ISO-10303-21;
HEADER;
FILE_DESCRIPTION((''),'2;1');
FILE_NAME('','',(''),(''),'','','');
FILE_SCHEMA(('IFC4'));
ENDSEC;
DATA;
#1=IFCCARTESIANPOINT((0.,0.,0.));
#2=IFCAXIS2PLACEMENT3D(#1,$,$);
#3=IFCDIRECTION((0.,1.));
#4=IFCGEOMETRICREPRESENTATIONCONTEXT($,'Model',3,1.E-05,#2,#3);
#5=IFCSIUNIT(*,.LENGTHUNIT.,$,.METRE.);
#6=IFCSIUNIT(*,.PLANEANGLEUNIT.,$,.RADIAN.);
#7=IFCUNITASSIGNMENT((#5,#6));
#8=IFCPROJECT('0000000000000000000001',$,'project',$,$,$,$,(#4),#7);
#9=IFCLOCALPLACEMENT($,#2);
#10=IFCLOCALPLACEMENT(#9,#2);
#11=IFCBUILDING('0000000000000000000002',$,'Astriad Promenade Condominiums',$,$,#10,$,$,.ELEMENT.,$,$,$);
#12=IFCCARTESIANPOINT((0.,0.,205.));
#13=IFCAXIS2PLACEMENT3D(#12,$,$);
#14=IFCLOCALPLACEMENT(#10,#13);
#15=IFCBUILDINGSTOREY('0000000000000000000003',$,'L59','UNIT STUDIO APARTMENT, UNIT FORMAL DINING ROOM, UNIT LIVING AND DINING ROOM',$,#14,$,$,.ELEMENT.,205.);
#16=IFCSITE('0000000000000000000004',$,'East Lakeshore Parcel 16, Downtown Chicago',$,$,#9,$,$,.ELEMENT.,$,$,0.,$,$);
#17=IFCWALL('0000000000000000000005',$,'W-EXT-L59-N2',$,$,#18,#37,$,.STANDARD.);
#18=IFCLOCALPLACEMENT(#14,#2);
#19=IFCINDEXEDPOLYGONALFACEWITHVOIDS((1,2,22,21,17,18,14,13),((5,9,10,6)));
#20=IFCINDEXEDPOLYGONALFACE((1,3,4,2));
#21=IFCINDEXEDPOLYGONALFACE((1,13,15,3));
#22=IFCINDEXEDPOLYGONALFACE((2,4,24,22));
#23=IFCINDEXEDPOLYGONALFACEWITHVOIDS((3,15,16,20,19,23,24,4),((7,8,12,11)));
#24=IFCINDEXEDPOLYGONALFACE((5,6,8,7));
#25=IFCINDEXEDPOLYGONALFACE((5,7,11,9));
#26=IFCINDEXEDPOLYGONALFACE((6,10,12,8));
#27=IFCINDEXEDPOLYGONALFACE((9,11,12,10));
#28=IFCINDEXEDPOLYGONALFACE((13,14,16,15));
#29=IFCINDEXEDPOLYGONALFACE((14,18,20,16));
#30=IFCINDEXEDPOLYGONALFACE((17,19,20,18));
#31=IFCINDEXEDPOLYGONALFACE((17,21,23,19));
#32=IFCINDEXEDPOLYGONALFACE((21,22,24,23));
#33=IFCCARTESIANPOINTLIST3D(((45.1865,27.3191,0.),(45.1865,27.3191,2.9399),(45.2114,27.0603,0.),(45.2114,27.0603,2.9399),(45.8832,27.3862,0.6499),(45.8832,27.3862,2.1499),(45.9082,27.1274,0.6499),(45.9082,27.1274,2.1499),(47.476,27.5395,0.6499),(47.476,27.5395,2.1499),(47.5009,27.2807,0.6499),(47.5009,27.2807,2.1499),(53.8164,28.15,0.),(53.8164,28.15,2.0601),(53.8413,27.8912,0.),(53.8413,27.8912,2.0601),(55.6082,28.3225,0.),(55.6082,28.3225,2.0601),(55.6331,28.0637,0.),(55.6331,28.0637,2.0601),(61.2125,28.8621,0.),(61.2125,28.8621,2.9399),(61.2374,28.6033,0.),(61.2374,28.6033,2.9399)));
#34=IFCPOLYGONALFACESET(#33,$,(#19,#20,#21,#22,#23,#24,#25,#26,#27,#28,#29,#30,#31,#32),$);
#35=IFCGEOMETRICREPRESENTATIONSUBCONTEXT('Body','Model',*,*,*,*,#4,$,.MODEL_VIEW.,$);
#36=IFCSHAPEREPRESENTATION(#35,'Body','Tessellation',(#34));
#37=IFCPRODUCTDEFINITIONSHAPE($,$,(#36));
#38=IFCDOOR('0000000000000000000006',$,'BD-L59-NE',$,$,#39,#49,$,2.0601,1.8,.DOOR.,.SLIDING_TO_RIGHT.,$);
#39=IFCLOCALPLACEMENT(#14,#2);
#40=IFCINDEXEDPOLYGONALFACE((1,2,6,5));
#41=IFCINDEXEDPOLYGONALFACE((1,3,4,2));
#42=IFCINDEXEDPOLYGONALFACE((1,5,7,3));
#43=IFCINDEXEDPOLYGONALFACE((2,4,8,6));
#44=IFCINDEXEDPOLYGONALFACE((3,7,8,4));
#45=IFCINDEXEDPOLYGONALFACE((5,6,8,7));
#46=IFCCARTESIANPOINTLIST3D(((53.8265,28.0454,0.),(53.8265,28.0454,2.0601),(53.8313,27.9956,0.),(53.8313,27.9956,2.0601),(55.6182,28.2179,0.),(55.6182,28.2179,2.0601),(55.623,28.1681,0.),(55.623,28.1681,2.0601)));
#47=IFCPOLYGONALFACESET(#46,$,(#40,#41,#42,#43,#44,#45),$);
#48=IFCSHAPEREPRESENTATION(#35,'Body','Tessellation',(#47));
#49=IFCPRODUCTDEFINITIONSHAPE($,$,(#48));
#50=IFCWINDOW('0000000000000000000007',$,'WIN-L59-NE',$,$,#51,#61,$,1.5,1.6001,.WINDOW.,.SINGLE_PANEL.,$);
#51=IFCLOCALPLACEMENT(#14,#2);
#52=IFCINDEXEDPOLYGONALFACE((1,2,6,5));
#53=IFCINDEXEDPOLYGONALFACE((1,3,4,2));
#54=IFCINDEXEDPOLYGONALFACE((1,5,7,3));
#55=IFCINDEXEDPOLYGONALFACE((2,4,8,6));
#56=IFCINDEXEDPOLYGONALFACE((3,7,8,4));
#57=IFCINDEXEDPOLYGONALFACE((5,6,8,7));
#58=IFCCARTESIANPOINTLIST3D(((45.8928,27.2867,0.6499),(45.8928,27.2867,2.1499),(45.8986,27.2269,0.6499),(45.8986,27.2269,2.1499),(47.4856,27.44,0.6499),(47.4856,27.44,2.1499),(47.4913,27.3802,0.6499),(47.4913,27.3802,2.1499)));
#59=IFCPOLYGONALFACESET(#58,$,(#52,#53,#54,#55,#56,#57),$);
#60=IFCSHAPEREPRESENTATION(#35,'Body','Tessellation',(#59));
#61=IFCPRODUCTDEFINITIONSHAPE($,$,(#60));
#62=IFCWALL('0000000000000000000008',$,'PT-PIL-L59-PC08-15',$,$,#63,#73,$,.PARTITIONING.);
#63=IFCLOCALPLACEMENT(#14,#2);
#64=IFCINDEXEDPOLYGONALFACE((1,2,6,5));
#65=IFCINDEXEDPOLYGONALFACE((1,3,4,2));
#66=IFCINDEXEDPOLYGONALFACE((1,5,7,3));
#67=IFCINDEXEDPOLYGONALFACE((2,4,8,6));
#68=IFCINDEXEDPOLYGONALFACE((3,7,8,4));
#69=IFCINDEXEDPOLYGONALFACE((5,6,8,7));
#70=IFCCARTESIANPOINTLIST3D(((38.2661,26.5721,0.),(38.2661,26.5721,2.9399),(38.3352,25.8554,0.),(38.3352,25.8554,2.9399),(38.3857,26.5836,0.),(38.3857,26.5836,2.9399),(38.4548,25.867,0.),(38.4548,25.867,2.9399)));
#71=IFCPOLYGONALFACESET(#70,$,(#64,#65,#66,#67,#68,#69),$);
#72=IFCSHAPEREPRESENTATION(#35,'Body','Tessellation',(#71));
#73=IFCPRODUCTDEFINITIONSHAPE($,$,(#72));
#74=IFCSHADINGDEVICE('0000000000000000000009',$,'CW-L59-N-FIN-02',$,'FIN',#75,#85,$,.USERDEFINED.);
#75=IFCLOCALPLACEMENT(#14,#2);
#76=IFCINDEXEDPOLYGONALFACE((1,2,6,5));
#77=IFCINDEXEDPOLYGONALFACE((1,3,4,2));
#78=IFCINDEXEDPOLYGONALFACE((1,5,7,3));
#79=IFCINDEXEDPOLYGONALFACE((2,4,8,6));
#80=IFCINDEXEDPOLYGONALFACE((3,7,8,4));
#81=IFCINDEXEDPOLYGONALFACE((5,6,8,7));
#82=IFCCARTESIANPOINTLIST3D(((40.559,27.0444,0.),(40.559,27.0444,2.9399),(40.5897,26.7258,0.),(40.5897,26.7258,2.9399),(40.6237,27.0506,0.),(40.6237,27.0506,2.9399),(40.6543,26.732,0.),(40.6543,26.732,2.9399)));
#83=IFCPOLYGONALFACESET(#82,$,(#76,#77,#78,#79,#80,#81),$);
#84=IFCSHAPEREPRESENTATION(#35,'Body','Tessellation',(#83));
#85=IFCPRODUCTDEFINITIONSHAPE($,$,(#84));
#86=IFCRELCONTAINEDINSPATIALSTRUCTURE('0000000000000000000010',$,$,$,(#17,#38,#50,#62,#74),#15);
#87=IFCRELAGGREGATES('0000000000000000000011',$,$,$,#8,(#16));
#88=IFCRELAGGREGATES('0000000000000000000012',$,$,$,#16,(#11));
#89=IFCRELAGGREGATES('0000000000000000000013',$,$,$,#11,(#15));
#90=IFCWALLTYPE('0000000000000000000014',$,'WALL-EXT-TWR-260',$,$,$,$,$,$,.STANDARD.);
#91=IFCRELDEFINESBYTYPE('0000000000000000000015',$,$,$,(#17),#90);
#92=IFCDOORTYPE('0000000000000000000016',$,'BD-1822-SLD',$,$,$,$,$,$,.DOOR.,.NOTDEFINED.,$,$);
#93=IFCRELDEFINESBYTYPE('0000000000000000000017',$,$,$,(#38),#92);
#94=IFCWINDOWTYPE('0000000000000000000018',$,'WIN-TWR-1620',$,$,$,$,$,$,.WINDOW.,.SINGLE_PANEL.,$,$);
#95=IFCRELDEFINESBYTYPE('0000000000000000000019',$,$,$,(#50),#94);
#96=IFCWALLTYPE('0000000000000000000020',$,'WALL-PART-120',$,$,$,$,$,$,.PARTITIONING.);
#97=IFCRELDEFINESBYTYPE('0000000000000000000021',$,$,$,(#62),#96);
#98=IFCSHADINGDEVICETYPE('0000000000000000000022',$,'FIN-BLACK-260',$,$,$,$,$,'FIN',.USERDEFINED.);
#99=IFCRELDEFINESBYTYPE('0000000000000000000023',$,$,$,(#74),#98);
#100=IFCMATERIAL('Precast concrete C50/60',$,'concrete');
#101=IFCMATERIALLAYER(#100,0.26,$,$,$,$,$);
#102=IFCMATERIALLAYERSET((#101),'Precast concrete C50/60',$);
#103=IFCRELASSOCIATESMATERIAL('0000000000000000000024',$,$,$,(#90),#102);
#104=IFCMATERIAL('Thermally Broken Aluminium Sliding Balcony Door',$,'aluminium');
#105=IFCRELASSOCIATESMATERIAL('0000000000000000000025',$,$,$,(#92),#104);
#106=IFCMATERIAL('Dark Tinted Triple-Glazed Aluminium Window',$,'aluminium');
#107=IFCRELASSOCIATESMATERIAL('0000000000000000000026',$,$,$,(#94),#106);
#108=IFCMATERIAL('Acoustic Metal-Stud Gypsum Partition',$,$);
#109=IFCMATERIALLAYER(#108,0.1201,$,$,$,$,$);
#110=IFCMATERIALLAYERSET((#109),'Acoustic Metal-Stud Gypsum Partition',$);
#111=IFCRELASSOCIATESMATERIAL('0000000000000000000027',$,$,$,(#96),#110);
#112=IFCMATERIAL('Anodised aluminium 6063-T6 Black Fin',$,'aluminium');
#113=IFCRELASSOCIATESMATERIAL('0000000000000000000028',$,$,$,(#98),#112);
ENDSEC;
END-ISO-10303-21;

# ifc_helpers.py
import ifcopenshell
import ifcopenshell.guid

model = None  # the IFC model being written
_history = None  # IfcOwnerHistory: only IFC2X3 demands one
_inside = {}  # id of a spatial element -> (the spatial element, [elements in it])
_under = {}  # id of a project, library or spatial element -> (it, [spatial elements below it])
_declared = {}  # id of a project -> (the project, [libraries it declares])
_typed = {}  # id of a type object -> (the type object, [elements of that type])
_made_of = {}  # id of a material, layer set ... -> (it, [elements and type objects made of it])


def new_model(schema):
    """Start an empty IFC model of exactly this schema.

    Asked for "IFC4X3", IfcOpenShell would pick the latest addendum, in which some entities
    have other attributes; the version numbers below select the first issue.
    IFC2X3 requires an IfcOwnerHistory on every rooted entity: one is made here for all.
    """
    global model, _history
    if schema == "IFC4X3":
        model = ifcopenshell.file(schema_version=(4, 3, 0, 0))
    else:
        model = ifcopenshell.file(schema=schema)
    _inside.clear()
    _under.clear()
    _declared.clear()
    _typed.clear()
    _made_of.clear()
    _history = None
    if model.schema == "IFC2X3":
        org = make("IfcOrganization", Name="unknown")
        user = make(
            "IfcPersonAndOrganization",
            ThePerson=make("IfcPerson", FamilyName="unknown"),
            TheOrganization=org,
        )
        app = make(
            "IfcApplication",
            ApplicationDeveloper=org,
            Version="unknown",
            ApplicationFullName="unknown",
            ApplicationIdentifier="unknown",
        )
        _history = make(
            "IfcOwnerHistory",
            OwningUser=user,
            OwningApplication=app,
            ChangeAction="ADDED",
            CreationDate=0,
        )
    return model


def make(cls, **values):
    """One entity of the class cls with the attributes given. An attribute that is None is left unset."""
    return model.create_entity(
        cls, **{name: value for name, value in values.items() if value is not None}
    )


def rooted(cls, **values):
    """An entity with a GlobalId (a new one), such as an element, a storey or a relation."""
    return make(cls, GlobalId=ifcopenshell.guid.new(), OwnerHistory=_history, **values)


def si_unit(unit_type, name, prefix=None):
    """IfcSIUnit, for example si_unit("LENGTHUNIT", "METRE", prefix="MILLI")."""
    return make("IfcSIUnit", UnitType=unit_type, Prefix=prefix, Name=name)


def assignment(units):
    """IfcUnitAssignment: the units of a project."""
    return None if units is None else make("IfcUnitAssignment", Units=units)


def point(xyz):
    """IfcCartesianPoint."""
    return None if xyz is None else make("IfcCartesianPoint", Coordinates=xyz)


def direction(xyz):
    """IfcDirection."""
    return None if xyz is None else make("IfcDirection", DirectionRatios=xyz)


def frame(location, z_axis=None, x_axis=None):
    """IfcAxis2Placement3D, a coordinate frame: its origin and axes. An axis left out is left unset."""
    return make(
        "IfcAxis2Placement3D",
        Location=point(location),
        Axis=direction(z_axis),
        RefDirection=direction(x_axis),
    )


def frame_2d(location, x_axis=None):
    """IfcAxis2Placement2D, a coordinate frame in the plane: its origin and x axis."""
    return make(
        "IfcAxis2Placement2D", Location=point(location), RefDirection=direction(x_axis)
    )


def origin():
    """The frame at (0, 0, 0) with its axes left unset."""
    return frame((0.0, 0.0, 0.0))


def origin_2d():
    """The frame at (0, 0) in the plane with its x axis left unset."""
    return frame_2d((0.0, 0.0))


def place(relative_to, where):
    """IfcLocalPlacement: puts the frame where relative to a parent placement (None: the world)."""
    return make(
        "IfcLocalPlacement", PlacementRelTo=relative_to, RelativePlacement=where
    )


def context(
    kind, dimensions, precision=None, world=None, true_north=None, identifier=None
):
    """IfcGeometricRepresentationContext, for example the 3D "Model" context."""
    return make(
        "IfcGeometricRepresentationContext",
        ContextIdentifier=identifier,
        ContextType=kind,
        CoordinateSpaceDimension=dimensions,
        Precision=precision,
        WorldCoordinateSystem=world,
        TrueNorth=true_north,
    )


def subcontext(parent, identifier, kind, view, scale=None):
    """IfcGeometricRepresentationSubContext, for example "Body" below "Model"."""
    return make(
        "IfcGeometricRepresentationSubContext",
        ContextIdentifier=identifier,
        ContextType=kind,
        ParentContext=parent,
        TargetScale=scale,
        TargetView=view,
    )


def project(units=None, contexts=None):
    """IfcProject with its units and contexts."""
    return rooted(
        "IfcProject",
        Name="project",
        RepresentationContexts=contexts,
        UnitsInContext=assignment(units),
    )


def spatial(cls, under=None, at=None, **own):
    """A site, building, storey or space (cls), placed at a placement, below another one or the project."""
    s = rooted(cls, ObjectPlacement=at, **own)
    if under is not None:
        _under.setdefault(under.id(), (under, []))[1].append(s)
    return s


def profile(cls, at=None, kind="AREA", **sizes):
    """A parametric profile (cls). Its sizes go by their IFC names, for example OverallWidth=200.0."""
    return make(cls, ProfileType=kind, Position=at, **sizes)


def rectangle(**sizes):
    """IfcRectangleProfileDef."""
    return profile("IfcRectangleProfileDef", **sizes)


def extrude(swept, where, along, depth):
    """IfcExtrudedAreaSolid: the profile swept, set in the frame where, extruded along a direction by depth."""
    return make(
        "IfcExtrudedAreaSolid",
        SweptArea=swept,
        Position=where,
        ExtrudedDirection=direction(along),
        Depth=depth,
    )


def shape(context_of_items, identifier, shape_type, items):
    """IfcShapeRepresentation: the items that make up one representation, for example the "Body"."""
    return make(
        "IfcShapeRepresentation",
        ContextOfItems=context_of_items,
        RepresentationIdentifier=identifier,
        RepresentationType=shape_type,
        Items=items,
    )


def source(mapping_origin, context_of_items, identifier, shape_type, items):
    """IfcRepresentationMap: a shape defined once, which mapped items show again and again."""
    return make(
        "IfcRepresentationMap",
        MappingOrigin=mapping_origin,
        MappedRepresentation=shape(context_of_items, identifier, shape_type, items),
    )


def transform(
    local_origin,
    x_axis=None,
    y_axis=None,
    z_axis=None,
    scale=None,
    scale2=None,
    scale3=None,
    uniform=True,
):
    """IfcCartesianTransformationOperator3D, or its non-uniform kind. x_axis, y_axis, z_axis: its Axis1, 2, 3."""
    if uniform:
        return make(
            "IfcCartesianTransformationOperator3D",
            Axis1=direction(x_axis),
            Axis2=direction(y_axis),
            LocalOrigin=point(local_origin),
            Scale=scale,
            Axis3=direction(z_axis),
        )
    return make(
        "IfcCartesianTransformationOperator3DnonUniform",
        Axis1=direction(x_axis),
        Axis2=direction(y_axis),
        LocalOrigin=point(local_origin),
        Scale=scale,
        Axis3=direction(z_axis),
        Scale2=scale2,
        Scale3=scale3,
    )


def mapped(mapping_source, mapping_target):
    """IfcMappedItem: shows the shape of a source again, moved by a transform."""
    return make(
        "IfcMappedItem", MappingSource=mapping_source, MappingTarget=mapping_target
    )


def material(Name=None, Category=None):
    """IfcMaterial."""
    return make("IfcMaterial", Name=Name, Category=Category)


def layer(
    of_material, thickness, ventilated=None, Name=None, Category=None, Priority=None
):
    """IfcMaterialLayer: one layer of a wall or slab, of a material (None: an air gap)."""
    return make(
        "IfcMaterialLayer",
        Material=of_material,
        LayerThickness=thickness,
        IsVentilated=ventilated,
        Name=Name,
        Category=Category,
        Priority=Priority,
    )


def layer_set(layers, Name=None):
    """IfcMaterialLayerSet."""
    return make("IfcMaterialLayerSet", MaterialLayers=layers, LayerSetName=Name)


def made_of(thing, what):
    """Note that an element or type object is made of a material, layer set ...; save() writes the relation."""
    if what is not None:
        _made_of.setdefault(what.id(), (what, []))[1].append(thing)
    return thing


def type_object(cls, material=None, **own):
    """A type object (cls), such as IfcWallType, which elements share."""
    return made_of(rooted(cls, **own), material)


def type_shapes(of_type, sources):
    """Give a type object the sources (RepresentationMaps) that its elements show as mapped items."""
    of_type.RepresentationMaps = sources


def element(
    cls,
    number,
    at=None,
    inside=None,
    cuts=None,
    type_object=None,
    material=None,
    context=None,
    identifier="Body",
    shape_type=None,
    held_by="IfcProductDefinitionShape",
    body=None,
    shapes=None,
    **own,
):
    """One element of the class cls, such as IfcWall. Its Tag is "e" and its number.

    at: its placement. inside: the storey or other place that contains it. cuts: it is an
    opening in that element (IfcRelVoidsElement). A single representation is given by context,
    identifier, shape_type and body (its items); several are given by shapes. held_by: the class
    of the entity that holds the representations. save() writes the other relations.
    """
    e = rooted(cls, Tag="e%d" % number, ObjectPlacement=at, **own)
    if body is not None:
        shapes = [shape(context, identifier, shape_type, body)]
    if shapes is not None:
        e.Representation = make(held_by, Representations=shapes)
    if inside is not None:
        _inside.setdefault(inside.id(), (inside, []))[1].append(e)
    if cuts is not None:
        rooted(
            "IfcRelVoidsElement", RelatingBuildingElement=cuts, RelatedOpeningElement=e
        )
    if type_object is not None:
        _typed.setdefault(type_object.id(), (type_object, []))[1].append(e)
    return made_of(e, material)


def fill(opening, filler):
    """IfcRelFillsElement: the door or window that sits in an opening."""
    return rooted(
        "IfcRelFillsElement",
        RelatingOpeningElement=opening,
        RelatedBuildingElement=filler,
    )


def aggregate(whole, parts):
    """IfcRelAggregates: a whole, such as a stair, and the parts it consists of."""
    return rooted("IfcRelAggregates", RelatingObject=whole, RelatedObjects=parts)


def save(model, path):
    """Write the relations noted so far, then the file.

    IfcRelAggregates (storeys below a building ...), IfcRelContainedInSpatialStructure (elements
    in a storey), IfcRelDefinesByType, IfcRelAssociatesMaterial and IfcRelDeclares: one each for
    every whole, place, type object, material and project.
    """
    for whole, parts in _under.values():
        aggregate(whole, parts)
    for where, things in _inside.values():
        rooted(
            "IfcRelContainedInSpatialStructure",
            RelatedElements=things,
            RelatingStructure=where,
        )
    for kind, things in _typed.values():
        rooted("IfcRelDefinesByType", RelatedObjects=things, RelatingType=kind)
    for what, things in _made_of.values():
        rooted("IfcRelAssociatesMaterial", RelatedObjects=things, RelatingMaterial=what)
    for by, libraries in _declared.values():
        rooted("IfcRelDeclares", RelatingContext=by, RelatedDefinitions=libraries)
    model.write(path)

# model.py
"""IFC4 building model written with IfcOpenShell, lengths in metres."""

from ifc_helpers import new_model, si_unit, direction, frame, frame_2d, origin, origin_2d, place, context, subcontext, project, spatial, rectangle, extrude, source, transform, mapped, material, layer, layer_set, type_object, type_shapes, element, fill, save


model = new_model("IFC4")

# Units and contexts
model_context = context("Model", 3, precision=1e-05, world=origin(), true_north=direction((0.0, 1.0)))
body_context = subcontext(model_context, "Body", "Model", "MODEL_VIEW")
ifc_project = project(units=[si_unit("LENGTHUNIT", "METRE"), si_unit("PLANEANGLEUNIT", "RADIAN")], contexts=[model_context])

# Site, building, storey
site_placement = place(None, origin())
site = spatial("IfcSite", under=ifc_project, at=site_placement, Name="East Lakeshore Parcel 16, Downtown Chicago", CompositionType="ELEMENT", RefElevation=0.0)
building_placement = place(site_placement, origin())
building = spatial("IfcBuilding", under=site, at=building_placement, Name="Astriad Promenade Condominiums", CompositionType="ELEMENT")
storey_placement = place(building_placement, frame((0.0, 0.0, 205.0)))
storey = spatial("IfcBuildingStorey", under=building, at=storey_placement, Name="L59", Description="UNIT STUDIO APARTMENT, UNIT FORMAL DINING ROOM, UNIT LIVING AND DINING ROOM", CompositionType="ELEMENT", Elevation=205.0)

# Wall, openings, door, window
ifc_material_1 = material(Name="Precast concrete C50/60", Category="concrete")
ifc_layer_1 = layer(ifc_material_1, 0.26)
ifc_layer_set_1 = layer_set([ifc_layer_1], Name="Precast concrete C50/60")
wall_type_1 = type_object("IfcWallType", Name="WALL-EXT-TWR-260", PredefinedType="STANDARD", material=ifc_layer_set_1)
wall_1_placement = place(storey_placement, frame((45.199, 27.1897, 0.0), z_axis=(0.0, 0.0, 1.0), x_axis=(0.995397, 0.095837, 0.0)))
wall_1 = element("IfcWall", 1, at=wall_1_placement, inside=storey, type_object=wall_type_1, Name="W-EXT-L59-N2", PredefinedType="STANDARD", context=body_context, shape_type="SweptSolid", body=[
    extrude(rectangle(XDim=16.1001, YDim=0.26, at=frame_2d((8.05, 0.0))), origin(), (0.0, 0.0, 1.0), 2.9399),
])
opening_1_placement = place(wall_1_placement, frame((8.6699, 0.0, 0.0)))
opening_1 = element("IfcOpeningElement", 2, at=opening_1_placement, cuts=wall_1, PredefinedType="OPENING", context=body_context, shape_type="SweptSolid", body=[
    extrude(rectangle(XDim=1.8, YDim=2.0601, at=frame_2d((0.8999, 1.03))), frame((0.0, 0.1399, 0.0), z_axis=(0.0, -1.0, 0.0), x_axis=(1.0, 0.0, 0.0)), (0.0, 0.0, 1.0), 0.28),
])
opening_2_placement = place(wall_1_placement, frame((0.7, 0.0, 0.6499)))
opening_2 = element("IfcOpeningElement", 3, at=opening_2_placement, cuts=wall_1, PredefinedType="OPENING", context=body_context, shape_type="SweptSolid", body=[
    extrude(rectangle(XDim=1.6001, YDim=1.5, at=frame_2d((0.8, 0.75))), frame((0.0, 0.1399, 0.0), z_axis=(0.0, -1.0, 0.0), x_axis=(1.0, 0.0, 0.0)), (0.0, 0.0, 1.0), 0.28),
])
ifc_material_2 = material(Name="Thermally Broken Aluminium Sliding Balcony Door", Category="aluminium")
door_type = type_object("IfcDoorType", Name="BD-1822-SLD", OperationType="NOTDEFINED", PredefinedType="DOOR", material=ifc_material_2)
shared_shape_1 = source(origin(), body_context, "Body", "SweptSolid", [
    extrude(rectangle(XDim=1.8, YDim=2.0601, at=frame_2d((0.8999, 1.03))), frame((0.0, 0.0249, 0.0), z_axis=(0.0, -1.0, 0.0), x_axis=(1.0, 0.0, 0.0)), (0.0, 0.0, 1.0), 0.05),
])
type_shapes(door_type, [shared_shape_1])
door_placement = place(opening_1_placement, origin())
door = element("IfcDoor", 4, at=door_placement, inside=storey, type_object=door_type, Name="BD-L59-NE", OperationType="SLIDING_TO_RIGHT", OverallHeight=2.0601, OverallWidth=1.8, PredefinedType="DOOR", context=body_context, shape_type="MappedRepresentation", body=[
    mapped(shared_shape_1, transform((0.0, 0.0, 0.0), scale=1.0)),
])
fill(opening_1, door)
ifc_material_3 = material(Name="Dark Tinted Triple-Glazed Aluminium Window", Category="aluminium")
window_type = type_object("IfcWindowType", Name="WIN-TWR-1620", PartitioningType="SINGLE_PANEL", PredefinedType="WINDOW", material=ifc_material_3)
shared_shape_2 = source(origin(), body_context, "Body", "SweptSolid", [
    extrude(rectangle(XDim=1.6001, YDim=1.5, at=frame_2d((0.8, 0.75))), frame((0.0, 0.03, 0.0), z_axis=(0.0, -1.0, 0.0), x_axis=(1.0, 0.0, 0.0)), (0.0, 0.0, 1.0), 0.0601),
])
type_shapes(window_type, [shared_shape_2])
window_placement = place(opening_2_placement, origin())
window = element("IfcWindow", 5, at=window_placement, inside=storey, type_object=window_type, Name="WIN-L59-NE", OverallHeight=1.5, OverallWidth=1.6001, PartitioningType="SINGLE_PANEL", PredefinedType="WINDOW", context=body_context, shape_type="MappedRepresentation", body=[
    mapped(shared_shape_2, transform((0.0, 0.0, 0.0), scale=1.0)),
])
fill(opening_2, window)

# Wall
ifc_material_4 = material(Name="Acoustic Metal-Stud Gypsum Partition")
ifc_layer_2 = layer(ifc_material_4, 0.1201)
ifc_layer_set_2 = layer_set([ifc_layer_2], Name="Acoustic Metal-Stud Gypsum Partition")
wall_type_2 = type_object("IfcWallType", Name="WALL-PART-120", PredefinedType="PARTITIONING", material=ifc_layer_set_2)
wall_2_placement = place(storey_placement, frame((38.395, 25.8613, 0.0), z_axis=(0.0, 0.0, 1.0), x_axis=(-0.095977, 0.995384, 0.0)))
element("IfcWall", 6, at=wall_2_placement, inside=storey, type_object=wall_type_2, Name="PT-PIL-L59-PC08-15", PredefinedType="PARTITIONING", context=body_context, shape_type="SweptSolid", body=[
    extrude(rectangle(XDim=0.72, YDim=0.1201, at=frame_2d((0.3599, 0.0))), origin(), (0.0, 0.0, 1.0), 2.9399),
])

# Shading device
ifc_material_5 = material(Name="Anodised aluminium 6063-T6 Black Fin", Category="aluminium")
shading_device_type = type_object("IfcShadingDeviceType", Name="FIN-BLACK-260", ElementType="FIN", PredefinedType="USERDEFINED", material=ifc_material_5)
shared_shape_3 = source(origin(), body_context, "Body", "SweptSolid", [
    extrude(rectangle(XDim=0.0649, YDim=0.3201, at=origin_2d()), origin(), (0.0, 0.0, 1.0), 2.9399),
])
type_shapes(shading_device_type, [shared_shape_3])
shading_device_placement = place(storey_placement, frame((40.6067, 26.8882, 0.0), z_axis=(0.0, 0.0, 1.0), x_axis=(0.995396, 0.095846, 0.0)))
element("IfcShadingDevice", 7, at=shading_device_placement, inside=storey, type_object=shading_device_type, Name="CW-L59-N-FIN-02", ObjectType="FIN", PredefinedType="USERDEFINED", context=body_context, shape_type="MappedRepresentation", body=[
    mapped(shared_shape_3, transform((0.0, 0.0, 0.0), scale=1.0)),
])

save(model, "model.ifc")
